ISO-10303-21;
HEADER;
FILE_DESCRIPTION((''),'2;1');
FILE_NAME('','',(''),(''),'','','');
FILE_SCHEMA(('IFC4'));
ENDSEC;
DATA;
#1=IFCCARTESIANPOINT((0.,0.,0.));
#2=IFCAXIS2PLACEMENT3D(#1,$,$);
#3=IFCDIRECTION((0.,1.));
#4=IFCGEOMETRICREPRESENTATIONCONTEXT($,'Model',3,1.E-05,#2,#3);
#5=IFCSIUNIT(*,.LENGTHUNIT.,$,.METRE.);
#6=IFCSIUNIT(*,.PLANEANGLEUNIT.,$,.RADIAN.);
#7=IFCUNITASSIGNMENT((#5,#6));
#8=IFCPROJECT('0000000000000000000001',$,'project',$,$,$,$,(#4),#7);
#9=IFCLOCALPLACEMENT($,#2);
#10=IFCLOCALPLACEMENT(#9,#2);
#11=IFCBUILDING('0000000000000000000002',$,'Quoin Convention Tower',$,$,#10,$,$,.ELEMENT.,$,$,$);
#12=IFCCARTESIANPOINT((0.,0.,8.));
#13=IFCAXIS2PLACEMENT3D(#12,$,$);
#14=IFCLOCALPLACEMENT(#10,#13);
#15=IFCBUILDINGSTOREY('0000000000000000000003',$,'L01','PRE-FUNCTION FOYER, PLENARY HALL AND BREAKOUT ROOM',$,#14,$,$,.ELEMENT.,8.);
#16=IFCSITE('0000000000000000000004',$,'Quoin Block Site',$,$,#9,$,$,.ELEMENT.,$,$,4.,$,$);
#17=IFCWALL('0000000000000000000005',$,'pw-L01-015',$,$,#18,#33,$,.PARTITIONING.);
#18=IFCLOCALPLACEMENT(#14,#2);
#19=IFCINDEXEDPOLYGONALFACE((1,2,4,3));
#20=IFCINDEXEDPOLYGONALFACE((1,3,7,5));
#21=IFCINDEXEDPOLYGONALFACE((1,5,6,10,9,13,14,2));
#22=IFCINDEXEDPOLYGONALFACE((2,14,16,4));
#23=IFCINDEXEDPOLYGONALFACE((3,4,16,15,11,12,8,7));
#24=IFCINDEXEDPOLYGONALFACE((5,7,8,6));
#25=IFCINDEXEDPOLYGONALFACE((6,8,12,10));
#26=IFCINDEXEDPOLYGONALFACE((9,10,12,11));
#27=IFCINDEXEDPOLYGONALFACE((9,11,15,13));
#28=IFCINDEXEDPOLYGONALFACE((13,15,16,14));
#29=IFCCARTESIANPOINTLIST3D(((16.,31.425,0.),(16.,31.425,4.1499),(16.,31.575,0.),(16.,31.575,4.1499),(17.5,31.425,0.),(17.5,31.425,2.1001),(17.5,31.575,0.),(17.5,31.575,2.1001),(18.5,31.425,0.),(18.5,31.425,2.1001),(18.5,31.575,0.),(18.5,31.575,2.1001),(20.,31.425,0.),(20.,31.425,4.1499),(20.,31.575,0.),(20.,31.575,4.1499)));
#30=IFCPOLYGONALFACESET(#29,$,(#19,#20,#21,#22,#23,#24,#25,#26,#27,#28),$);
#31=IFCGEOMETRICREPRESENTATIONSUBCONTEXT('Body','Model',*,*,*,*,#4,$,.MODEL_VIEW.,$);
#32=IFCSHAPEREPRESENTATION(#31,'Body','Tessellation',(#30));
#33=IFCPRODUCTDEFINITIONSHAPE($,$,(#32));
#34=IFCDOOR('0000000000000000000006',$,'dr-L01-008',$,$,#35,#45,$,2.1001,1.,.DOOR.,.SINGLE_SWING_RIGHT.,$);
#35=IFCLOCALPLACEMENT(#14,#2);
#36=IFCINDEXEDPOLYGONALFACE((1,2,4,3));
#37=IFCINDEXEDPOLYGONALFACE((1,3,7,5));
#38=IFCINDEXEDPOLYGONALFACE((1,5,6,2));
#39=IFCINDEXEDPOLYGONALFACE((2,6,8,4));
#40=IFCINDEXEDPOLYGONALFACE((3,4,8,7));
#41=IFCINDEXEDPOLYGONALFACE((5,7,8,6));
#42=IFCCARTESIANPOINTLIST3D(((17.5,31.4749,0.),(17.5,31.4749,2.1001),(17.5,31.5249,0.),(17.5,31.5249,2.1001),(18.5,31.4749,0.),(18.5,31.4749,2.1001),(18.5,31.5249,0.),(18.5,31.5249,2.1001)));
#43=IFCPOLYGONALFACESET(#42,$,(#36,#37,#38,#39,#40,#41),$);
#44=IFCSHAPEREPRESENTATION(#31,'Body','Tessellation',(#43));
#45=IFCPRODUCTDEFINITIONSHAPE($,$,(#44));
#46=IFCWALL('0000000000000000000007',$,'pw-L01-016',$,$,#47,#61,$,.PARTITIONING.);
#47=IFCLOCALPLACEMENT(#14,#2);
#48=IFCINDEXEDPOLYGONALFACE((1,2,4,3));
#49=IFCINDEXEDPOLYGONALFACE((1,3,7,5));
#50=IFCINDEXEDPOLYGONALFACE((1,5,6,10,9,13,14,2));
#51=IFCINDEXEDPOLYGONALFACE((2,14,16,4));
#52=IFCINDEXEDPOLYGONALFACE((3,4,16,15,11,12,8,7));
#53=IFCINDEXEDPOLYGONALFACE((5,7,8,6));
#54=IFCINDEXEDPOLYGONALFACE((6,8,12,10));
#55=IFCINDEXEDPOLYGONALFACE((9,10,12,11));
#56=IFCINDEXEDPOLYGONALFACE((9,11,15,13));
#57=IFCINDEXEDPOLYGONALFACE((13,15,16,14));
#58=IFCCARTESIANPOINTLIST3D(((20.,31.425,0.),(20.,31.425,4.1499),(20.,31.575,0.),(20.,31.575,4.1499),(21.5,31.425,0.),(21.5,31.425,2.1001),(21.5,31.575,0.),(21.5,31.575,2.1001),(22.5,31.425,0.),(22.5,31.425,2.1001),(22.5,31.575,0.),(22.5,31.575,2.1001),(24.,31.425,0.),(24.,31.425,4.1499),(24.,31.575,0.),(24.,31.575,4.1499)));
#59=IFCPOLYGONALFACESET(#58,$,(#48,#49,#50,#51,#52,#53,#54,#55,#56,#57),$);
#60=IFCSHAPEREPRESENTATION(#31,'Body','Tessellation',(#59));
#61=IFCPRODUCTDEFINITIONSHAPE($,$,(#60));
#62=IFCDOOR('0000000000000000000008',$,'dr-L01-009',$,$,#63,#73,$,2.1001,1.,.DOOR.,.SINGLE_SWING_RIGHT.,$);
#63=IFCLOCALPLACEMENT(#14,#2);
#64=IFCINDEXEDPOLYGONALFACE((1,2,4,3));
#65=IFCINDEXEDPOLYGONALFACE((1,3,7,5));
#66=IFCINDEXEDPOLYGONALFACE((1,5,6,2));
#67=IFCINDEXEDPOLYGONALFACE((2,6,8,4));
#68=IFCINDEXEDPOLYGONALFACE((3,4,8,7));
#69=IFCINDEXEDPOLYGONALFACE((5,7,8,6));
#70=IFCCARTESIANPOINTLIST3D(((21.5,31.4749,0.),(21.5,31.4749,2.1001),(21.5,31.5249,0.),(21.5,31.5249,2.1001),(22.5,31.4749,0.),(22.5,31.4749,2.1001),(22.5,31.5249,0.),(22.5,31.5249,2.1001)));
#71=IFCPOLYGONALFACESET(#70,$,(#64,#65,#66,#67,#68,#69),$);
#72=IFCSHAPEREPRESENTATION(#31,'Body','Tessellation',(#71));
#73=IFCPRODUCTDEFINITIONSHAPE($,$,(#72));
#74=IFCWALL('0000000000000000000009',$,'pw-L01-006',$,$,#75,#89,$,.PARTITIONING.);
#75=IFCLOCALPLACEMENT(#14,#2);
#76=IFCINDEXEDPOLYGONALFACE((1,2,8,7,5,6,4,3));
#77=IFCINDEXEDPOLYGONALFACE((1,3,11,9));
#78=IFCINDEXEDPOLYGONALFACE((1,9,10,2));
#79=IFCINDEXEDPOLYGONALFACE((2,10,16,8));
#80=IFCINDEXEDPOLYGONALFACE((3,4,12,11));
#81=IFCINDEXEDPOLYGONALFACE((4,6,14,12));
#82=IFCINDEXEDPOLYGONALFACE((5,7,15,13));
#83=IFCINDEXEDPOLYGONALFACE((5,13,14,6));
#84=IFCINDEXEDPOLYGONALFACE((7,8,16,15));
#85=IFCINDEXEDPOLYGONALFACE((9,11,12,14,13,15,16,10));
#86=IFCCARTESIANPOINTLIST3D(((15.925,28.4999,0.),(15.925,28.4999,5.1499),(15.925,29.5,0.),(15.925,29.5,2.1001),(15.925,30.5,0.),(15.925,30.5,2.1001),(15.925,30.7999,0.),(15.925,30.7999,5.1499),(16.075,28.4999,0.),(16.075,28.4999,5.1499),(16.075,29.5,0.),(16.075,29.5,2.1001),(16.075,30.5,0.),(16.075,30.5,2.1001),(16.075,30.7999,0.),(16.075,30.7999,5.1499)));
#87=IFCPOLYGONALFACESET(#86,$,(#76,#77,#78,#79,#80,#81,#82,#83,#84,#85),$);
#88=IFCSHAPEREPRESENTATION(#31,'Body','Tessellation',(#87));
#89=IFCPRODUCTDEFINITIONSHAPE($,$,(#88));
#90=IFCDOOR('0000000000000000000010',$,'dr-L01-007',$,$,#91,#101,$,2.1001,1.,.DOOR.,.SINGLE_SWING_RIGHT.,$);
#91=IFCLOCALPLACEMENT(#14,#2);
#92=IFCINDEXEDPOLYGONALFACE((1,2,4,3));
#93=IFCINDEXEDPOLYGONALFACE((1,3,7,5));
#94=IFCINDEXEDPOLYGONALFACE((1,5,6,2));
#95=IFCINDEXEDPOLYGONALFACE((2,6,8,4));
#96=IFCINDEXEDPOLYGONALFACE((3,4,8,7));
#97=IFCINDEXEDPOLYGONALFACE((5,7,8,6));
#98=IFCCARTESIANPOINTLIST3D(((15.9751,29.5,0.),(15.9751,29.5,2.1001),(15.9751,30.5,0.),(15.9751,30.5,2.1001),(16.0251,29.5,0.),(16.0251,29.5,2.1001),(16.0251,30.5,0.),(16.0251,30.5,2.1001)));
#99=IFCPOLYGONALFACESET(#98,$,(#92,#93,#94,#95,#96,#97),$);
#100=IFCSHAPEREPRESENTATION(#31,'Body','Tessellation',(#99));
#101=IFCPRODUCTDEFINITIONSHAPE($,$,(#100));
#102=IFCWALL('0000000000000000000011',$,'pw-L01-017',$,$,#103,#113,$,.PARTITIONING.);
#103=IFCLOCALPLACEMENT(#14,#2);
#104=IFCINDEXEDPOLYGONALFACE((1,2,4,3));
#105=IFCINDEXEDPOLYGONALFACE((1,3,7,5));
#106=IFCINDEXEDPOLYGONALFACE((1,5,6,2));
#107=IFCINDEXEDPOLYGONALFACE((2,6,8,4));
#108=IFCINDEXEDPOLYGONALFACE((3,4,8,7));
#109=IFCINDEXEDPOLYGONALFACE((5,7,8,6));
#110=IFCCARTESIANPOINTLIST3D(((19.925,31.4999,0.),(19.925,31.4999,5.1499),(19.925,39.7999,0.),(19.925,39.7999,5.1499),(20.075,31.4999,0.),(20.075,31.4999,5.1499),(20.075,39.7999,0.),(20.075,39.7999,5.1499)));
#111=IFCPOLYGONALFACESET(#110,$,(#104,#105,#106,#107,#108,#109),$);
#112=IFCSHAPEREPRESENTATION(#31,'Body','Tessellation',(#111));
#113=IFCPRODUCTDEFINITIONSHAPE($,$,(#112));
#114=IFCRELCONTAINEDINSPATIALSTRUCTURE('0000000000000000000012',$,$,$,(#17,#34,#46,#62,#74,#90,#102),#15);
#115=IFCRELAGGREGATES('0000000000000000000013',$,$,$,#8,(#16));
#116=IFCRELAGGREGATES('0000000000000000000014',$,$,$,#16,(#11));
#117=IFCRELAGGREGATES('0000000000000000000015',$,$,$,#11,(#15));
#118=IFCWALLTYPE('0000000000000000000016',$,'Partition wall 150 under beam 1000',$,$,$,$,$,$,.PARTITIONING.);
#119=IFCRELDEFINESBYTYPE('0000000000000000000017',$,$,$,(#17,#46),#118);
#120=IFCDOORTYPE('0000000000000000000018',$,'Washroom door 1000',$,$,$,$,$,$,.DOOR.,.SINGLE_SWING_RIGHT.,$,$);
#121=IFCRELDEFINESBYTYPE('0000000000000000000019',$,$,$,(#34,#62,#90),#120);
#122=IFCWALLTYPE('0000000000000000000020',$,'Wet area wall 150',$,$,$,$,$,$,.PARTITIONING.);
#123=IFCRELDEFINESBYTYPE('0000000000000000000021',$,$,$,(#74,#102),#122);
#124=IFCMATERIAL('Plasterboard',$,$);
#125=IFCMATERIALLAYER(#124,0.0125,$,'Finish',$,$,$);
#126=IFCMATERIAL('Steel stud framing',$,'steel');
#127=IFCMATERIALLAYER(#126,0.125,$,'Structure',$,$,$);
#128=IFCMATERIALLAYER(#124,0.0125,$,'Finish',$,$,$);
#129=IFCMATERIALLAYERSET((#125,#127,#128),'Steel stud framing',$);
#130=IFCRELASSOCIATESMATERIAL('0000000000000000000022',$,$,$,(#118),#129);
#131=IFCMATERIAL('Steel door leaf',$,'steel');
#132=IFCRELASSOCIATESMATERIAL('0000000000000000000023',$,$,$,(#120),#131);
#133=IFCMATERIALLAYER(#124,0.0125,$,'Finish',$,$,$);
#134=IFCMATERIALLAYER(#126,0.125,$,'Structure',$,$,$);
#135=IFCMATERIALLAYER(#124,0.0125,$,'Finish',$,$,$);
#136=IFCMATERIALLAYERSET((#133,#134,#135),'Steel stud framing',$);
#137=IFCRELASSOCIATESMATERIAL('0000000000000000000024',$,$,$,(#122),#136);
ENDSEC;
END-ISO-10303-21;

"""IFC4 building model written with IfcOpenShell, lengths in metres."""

from ifc_helpers import new_model, si_unit, direction, frame, frame_2d, origin, place, context, subcontext, project, spatial, rectangle, extrude, material, layer, layer_set, type_object, element, fill, save


model = new_model("IFC4")

# Units and contexts
model_context = context("Model", 3, precision=1e-05, world=origin(), true_north=direction((0.0, 1.0)))
body_context = subcontext(model_context, "Body", "Model", "MODEL_VIEW")
ifc_project = project(units=[si_unit("LENGTHUNIT", "METRE"), si_unit("PLANEANGLEUNIT", "RADIAN")], contexts=[model_context])

# Site, building, storey
site_placement = place(None, origin())
site = spatial("IfcSite", under=ifc_project, at=site_placement, Name="Quoin Block Site", CompositionType="ELEMENT", RefElevation=4.0)
building_placement = place(site_placement, origin())
building = spatial("IfcBuilding", under=site, at=building_placement, Name="Quoin Convention Tower", CompositionType="ELEMENT")
storey_placement = place(building_placement, frame((0.0, 0.0, 8.0)))
storey = spatial("IfcBuildingStorey", under=building, at=storey_placement, Name="L01", Description="PRE-FUNCTION FOYER, PLENARY HALL AND BREAKOUT ROOM", CompositionType="ELEMENT", Elevation=8.0)

# Shared definitions
ifc_material_1 = material(Name="Plasterboard")
ifc_material_2 = material(Name="Steel stud framing", Category="steel")

# Shared definitions
ifc_material_3 = material(Name="Steel door leaf", Category="steel")

# Walls, openings, doors
ifc_layer_1 = layer(ifc_material_1, 0.0125, Name="Finish")
ifc_layer_2 = layer(ifc_material_2, 0.125, Name="Structure")
ifc_layer_3 = layer(ifc_material_1, 0.0125, Name="Finish")
ifc_layer_set_1 = layer_set([ifc_layer_1, ifc_layer_2, ifc_layer_3], Name="Steel stud framing")
wall_type_1 = type_object("IfcWallType", Name="Partition wall 150 under beam 1000", PredefinedType="PARTITIONING", material=ifc_layer_set_1)
wall_1_placement = place(storey_placement, frame((16.0, 31.5, 0.0), z_axis=(0.0, 0.0, 1.0), x_axis=(1.0, 0.0, 0.0)))
wall_1 = element("IfcWall", 1, at=wall_1_placement, inside=storey, type_object=wall_type_1, Name="pw-L01-015", PredefinedType="PARTITIONING", context=body_context, shape_type="SweptSolid", body=[
    extrude(rectangle(XDim=4.0, YDim=0.1499, at=frame_2d((2.0, 0.0))), origin(), (0.0, 0.0, 1.0), 4.1499),
])
opening_1_placement = place(wall_1_placement, frame((1.5, 0.0, 0.0)))
opening_1 = element("IfcOpeningElement", 2, at=opening_1_placement, cuts=wall_1, PredefinedType="OPENING", context=body_context, shape_type="SweptSolid", body=[
    extrude(rectangle(XDim=1.0, YDim=2.1001, at=frame_2d((0.5, 1.05))), frame((0.0, 0.085, 0.0), z_axis=(0.0, -1.0, 0.0), x_axis=(1.0, 0.0, 0.0)), (0.0, 0.0, 1.0), 0.1699),
])
door_type_1 = type_object("IfcDoorType", Name="Washroom door 1000", OperationType="SINGLE_SWING_RIGHT", PredefinedType="DOOR", material=ifc_material_3)
door_1_placement = place(opening_1_placement, origin())
door_1 = element("IfcDoor", 3, at=door_1_placement, inside=storey, type_object=door_type_1, Name="dr-L01-008", OperationType="SINGLE_SWING_RIGHT", OverallHeight=2.1001, OverallWidth=1.0, PredefinedType="DOOR", context=body_context, shape_type="SweptSolid", body=[
    extrude(rectangle(XDim=1.0, YDim=2.1001, at=frame_2d((0.5, 1.05))), frame((0.0, 0.0249, 0.0), z_axis=(0.0, -1.0, 0.0), x_axis=(1.0, 0.0, 0.0)), (0.0, 0.0, 1.0), 0.05),
])
fill(opening_1, door_1)
wall_2_placement = place(storey_placement, frame((20.0, 31.5, 0.0), z_axis=(0.0, 0.0, 1.0), x_axis=(1.0, 0.0, 0.0)))
wall_2 = element("IfcWall", 4, at=wall_2_placement, inside=storey, type_object=wall_type_1, Name="pw-L01-016", PredefinedType="PARTITIONING", context=body_context, shape_type="SweptSolid", body=[
    extrude(rectangle(XDim=4.0, YDim=0.1499, at=frame_2d((2.0, 0.0))), origin(), (0.0, 0.0, 1.0), 4.1499),
])
opening_2_placement = place(wall_2_placement, frame((1.5, 0.0, 0.0)))
opening_2 = element("IfcOpeningElement", 5, at=opening_2_placement, cuts=wall_2, PredefinedType="OPENING", context=body_context, shape_type="SweptSolid", body=[
    extrude(rectangle(XDim=1.0, YDim=2.1001, at=frame_2d((0.5, 1.05))), frame((0.0, 0.085, 0.0), z_axis=(0.0, -1.0, 0.0), x_axis=(1.0, 0.0, 0.0)), (0.0, 0.0, 1.0), 0.1699),
])
door_2_placement = place(opening_2_placement, origin())
door_2 = element("IfcDoor", 6, at=door_2_placement, inside=storey, type_object=door_type_1, Name="dr-L01-009", OperationType="SINGLE_SWING_RIGHT", OverallHeight=2.1001, OverallWidth=1.0, PredefinedType="DOOR", context=body_context, shape_type="SweptSolid", body=[
    extrude(rectangle(XDim=1.0, YDim=2.1001, at=frame_2d((0.5, 1.05))), frame((0.0, 0.0249, 0.0), z_axis=(0.0, -1.0, 0.0), x_axis=(1.0, 0.0, 0.0)), (0.0, 0.0, 1.0), 0.05),
])
fill(opening_2, door_2)
ifc_layer_4 = layer(ifc_material_1, 0.0125, Name="Finish")
ifc_layer_5 = layer(ifc_material_2, 0.125, Name="Structure")
ifc_layer_6 = layer(ifc_material_1, 0.0125, Name="Finish")
ifc_layer_set_2 = layer_set([ifc_layer_4, ifc_layer_5, ifc_layer_6], Name="Steel stud framing")
wall_type_2 = type_object("IfcWallType", Name="Wet area wall 150", PredefinedType="PARTITIONING", material=ifc_layer_set_2)
wall_3_placement = place(storey_placement, frame((16.0, 28.5, 0.0), z_axis=(0.0, 0.0, 1.0), x_axis=(0.0, 1.0, 0.0)))
wall_3 = element("IfcWall", 7, at=wall_3_placement, inside=storey, type_object=wall_type_2, Name="pw-L01-006", PredefinedType="PARTITIONING", context=body_context, shape_type="SweptSolid", body=[
    extrude(rectangle(XDim=2.3, YDim=0.1499, at=frame_2d((1.1499, 0.0))), origin(), (0.0, 0.0, 1.0), 5.1499),
])
opening_3_placement = place(wall_3_placement, frame((1.0, 0.0, 0.0)))
opening_3 = element("IfcOpeningElement", 8, at=opening_3_placement, cuts=wall_3, PredefinedType="OPENING", context=body_context, shape_type="SweptSolid", body=[
    extrude(rectangle(XDim=1.0, YDim=2.1001, at=frame_2d((0.5, 1.05))), frame((0.0, 0.085, 0.0), z_axis=(0.0, -1.0, 0.0), x_axis=(1.0, 0.0, 0.0)), (0.0, 0.0, 1.0), 0.1699),
])
door_3_placement = place(opening_3_placement, origin())
door_3 = element("IfcDoor", 9, at=door_3_placement, inside=storey, type_object=door_type_1, Name="dr-L01-007", OperationType="SINGLE_SWING_RIGHT", OverallHeight=2.1001, OverallWidth=1.0, PredefinedType="DOOR", context=body_context, shape_type="SweptSolid", body=[
    extrude(rectangle(XDim=1.0, YDim=2.1001, at=frame_2d((0.5, 1.05))), frame((0.0, 0.0249, 0.0), z_axis=(0.0, -1.0, 0.0), x_axis=(1.0, 0.0, 0.0)), (0.0, 0.0, 1.0), 0.05),
])
fill(opening_3, door_3)

# Wall
wall_4_placement = place(storey_placement, frame((20.0, 31.5, 0.0), z_axis=(0.0, 0.0, 1.0), x_axis=(0.0, 1.0, 0.0)))
element("IfcWall", 10, at=wall_4_placement, inside=storey, type_object=wall_type_2, Name="pw-L01-017", PredefinedType="PARTITIONING", context=body_context, shape_type="SweptSolid", body=[
    extrude(rectangle(XDim=8.3, YDim=0.1499, at=frame_2d((4.1499, 0.0))), origin(), (0.0, 0.0, 1.0), 5.1499),
])

save(model, "model.ifc")
